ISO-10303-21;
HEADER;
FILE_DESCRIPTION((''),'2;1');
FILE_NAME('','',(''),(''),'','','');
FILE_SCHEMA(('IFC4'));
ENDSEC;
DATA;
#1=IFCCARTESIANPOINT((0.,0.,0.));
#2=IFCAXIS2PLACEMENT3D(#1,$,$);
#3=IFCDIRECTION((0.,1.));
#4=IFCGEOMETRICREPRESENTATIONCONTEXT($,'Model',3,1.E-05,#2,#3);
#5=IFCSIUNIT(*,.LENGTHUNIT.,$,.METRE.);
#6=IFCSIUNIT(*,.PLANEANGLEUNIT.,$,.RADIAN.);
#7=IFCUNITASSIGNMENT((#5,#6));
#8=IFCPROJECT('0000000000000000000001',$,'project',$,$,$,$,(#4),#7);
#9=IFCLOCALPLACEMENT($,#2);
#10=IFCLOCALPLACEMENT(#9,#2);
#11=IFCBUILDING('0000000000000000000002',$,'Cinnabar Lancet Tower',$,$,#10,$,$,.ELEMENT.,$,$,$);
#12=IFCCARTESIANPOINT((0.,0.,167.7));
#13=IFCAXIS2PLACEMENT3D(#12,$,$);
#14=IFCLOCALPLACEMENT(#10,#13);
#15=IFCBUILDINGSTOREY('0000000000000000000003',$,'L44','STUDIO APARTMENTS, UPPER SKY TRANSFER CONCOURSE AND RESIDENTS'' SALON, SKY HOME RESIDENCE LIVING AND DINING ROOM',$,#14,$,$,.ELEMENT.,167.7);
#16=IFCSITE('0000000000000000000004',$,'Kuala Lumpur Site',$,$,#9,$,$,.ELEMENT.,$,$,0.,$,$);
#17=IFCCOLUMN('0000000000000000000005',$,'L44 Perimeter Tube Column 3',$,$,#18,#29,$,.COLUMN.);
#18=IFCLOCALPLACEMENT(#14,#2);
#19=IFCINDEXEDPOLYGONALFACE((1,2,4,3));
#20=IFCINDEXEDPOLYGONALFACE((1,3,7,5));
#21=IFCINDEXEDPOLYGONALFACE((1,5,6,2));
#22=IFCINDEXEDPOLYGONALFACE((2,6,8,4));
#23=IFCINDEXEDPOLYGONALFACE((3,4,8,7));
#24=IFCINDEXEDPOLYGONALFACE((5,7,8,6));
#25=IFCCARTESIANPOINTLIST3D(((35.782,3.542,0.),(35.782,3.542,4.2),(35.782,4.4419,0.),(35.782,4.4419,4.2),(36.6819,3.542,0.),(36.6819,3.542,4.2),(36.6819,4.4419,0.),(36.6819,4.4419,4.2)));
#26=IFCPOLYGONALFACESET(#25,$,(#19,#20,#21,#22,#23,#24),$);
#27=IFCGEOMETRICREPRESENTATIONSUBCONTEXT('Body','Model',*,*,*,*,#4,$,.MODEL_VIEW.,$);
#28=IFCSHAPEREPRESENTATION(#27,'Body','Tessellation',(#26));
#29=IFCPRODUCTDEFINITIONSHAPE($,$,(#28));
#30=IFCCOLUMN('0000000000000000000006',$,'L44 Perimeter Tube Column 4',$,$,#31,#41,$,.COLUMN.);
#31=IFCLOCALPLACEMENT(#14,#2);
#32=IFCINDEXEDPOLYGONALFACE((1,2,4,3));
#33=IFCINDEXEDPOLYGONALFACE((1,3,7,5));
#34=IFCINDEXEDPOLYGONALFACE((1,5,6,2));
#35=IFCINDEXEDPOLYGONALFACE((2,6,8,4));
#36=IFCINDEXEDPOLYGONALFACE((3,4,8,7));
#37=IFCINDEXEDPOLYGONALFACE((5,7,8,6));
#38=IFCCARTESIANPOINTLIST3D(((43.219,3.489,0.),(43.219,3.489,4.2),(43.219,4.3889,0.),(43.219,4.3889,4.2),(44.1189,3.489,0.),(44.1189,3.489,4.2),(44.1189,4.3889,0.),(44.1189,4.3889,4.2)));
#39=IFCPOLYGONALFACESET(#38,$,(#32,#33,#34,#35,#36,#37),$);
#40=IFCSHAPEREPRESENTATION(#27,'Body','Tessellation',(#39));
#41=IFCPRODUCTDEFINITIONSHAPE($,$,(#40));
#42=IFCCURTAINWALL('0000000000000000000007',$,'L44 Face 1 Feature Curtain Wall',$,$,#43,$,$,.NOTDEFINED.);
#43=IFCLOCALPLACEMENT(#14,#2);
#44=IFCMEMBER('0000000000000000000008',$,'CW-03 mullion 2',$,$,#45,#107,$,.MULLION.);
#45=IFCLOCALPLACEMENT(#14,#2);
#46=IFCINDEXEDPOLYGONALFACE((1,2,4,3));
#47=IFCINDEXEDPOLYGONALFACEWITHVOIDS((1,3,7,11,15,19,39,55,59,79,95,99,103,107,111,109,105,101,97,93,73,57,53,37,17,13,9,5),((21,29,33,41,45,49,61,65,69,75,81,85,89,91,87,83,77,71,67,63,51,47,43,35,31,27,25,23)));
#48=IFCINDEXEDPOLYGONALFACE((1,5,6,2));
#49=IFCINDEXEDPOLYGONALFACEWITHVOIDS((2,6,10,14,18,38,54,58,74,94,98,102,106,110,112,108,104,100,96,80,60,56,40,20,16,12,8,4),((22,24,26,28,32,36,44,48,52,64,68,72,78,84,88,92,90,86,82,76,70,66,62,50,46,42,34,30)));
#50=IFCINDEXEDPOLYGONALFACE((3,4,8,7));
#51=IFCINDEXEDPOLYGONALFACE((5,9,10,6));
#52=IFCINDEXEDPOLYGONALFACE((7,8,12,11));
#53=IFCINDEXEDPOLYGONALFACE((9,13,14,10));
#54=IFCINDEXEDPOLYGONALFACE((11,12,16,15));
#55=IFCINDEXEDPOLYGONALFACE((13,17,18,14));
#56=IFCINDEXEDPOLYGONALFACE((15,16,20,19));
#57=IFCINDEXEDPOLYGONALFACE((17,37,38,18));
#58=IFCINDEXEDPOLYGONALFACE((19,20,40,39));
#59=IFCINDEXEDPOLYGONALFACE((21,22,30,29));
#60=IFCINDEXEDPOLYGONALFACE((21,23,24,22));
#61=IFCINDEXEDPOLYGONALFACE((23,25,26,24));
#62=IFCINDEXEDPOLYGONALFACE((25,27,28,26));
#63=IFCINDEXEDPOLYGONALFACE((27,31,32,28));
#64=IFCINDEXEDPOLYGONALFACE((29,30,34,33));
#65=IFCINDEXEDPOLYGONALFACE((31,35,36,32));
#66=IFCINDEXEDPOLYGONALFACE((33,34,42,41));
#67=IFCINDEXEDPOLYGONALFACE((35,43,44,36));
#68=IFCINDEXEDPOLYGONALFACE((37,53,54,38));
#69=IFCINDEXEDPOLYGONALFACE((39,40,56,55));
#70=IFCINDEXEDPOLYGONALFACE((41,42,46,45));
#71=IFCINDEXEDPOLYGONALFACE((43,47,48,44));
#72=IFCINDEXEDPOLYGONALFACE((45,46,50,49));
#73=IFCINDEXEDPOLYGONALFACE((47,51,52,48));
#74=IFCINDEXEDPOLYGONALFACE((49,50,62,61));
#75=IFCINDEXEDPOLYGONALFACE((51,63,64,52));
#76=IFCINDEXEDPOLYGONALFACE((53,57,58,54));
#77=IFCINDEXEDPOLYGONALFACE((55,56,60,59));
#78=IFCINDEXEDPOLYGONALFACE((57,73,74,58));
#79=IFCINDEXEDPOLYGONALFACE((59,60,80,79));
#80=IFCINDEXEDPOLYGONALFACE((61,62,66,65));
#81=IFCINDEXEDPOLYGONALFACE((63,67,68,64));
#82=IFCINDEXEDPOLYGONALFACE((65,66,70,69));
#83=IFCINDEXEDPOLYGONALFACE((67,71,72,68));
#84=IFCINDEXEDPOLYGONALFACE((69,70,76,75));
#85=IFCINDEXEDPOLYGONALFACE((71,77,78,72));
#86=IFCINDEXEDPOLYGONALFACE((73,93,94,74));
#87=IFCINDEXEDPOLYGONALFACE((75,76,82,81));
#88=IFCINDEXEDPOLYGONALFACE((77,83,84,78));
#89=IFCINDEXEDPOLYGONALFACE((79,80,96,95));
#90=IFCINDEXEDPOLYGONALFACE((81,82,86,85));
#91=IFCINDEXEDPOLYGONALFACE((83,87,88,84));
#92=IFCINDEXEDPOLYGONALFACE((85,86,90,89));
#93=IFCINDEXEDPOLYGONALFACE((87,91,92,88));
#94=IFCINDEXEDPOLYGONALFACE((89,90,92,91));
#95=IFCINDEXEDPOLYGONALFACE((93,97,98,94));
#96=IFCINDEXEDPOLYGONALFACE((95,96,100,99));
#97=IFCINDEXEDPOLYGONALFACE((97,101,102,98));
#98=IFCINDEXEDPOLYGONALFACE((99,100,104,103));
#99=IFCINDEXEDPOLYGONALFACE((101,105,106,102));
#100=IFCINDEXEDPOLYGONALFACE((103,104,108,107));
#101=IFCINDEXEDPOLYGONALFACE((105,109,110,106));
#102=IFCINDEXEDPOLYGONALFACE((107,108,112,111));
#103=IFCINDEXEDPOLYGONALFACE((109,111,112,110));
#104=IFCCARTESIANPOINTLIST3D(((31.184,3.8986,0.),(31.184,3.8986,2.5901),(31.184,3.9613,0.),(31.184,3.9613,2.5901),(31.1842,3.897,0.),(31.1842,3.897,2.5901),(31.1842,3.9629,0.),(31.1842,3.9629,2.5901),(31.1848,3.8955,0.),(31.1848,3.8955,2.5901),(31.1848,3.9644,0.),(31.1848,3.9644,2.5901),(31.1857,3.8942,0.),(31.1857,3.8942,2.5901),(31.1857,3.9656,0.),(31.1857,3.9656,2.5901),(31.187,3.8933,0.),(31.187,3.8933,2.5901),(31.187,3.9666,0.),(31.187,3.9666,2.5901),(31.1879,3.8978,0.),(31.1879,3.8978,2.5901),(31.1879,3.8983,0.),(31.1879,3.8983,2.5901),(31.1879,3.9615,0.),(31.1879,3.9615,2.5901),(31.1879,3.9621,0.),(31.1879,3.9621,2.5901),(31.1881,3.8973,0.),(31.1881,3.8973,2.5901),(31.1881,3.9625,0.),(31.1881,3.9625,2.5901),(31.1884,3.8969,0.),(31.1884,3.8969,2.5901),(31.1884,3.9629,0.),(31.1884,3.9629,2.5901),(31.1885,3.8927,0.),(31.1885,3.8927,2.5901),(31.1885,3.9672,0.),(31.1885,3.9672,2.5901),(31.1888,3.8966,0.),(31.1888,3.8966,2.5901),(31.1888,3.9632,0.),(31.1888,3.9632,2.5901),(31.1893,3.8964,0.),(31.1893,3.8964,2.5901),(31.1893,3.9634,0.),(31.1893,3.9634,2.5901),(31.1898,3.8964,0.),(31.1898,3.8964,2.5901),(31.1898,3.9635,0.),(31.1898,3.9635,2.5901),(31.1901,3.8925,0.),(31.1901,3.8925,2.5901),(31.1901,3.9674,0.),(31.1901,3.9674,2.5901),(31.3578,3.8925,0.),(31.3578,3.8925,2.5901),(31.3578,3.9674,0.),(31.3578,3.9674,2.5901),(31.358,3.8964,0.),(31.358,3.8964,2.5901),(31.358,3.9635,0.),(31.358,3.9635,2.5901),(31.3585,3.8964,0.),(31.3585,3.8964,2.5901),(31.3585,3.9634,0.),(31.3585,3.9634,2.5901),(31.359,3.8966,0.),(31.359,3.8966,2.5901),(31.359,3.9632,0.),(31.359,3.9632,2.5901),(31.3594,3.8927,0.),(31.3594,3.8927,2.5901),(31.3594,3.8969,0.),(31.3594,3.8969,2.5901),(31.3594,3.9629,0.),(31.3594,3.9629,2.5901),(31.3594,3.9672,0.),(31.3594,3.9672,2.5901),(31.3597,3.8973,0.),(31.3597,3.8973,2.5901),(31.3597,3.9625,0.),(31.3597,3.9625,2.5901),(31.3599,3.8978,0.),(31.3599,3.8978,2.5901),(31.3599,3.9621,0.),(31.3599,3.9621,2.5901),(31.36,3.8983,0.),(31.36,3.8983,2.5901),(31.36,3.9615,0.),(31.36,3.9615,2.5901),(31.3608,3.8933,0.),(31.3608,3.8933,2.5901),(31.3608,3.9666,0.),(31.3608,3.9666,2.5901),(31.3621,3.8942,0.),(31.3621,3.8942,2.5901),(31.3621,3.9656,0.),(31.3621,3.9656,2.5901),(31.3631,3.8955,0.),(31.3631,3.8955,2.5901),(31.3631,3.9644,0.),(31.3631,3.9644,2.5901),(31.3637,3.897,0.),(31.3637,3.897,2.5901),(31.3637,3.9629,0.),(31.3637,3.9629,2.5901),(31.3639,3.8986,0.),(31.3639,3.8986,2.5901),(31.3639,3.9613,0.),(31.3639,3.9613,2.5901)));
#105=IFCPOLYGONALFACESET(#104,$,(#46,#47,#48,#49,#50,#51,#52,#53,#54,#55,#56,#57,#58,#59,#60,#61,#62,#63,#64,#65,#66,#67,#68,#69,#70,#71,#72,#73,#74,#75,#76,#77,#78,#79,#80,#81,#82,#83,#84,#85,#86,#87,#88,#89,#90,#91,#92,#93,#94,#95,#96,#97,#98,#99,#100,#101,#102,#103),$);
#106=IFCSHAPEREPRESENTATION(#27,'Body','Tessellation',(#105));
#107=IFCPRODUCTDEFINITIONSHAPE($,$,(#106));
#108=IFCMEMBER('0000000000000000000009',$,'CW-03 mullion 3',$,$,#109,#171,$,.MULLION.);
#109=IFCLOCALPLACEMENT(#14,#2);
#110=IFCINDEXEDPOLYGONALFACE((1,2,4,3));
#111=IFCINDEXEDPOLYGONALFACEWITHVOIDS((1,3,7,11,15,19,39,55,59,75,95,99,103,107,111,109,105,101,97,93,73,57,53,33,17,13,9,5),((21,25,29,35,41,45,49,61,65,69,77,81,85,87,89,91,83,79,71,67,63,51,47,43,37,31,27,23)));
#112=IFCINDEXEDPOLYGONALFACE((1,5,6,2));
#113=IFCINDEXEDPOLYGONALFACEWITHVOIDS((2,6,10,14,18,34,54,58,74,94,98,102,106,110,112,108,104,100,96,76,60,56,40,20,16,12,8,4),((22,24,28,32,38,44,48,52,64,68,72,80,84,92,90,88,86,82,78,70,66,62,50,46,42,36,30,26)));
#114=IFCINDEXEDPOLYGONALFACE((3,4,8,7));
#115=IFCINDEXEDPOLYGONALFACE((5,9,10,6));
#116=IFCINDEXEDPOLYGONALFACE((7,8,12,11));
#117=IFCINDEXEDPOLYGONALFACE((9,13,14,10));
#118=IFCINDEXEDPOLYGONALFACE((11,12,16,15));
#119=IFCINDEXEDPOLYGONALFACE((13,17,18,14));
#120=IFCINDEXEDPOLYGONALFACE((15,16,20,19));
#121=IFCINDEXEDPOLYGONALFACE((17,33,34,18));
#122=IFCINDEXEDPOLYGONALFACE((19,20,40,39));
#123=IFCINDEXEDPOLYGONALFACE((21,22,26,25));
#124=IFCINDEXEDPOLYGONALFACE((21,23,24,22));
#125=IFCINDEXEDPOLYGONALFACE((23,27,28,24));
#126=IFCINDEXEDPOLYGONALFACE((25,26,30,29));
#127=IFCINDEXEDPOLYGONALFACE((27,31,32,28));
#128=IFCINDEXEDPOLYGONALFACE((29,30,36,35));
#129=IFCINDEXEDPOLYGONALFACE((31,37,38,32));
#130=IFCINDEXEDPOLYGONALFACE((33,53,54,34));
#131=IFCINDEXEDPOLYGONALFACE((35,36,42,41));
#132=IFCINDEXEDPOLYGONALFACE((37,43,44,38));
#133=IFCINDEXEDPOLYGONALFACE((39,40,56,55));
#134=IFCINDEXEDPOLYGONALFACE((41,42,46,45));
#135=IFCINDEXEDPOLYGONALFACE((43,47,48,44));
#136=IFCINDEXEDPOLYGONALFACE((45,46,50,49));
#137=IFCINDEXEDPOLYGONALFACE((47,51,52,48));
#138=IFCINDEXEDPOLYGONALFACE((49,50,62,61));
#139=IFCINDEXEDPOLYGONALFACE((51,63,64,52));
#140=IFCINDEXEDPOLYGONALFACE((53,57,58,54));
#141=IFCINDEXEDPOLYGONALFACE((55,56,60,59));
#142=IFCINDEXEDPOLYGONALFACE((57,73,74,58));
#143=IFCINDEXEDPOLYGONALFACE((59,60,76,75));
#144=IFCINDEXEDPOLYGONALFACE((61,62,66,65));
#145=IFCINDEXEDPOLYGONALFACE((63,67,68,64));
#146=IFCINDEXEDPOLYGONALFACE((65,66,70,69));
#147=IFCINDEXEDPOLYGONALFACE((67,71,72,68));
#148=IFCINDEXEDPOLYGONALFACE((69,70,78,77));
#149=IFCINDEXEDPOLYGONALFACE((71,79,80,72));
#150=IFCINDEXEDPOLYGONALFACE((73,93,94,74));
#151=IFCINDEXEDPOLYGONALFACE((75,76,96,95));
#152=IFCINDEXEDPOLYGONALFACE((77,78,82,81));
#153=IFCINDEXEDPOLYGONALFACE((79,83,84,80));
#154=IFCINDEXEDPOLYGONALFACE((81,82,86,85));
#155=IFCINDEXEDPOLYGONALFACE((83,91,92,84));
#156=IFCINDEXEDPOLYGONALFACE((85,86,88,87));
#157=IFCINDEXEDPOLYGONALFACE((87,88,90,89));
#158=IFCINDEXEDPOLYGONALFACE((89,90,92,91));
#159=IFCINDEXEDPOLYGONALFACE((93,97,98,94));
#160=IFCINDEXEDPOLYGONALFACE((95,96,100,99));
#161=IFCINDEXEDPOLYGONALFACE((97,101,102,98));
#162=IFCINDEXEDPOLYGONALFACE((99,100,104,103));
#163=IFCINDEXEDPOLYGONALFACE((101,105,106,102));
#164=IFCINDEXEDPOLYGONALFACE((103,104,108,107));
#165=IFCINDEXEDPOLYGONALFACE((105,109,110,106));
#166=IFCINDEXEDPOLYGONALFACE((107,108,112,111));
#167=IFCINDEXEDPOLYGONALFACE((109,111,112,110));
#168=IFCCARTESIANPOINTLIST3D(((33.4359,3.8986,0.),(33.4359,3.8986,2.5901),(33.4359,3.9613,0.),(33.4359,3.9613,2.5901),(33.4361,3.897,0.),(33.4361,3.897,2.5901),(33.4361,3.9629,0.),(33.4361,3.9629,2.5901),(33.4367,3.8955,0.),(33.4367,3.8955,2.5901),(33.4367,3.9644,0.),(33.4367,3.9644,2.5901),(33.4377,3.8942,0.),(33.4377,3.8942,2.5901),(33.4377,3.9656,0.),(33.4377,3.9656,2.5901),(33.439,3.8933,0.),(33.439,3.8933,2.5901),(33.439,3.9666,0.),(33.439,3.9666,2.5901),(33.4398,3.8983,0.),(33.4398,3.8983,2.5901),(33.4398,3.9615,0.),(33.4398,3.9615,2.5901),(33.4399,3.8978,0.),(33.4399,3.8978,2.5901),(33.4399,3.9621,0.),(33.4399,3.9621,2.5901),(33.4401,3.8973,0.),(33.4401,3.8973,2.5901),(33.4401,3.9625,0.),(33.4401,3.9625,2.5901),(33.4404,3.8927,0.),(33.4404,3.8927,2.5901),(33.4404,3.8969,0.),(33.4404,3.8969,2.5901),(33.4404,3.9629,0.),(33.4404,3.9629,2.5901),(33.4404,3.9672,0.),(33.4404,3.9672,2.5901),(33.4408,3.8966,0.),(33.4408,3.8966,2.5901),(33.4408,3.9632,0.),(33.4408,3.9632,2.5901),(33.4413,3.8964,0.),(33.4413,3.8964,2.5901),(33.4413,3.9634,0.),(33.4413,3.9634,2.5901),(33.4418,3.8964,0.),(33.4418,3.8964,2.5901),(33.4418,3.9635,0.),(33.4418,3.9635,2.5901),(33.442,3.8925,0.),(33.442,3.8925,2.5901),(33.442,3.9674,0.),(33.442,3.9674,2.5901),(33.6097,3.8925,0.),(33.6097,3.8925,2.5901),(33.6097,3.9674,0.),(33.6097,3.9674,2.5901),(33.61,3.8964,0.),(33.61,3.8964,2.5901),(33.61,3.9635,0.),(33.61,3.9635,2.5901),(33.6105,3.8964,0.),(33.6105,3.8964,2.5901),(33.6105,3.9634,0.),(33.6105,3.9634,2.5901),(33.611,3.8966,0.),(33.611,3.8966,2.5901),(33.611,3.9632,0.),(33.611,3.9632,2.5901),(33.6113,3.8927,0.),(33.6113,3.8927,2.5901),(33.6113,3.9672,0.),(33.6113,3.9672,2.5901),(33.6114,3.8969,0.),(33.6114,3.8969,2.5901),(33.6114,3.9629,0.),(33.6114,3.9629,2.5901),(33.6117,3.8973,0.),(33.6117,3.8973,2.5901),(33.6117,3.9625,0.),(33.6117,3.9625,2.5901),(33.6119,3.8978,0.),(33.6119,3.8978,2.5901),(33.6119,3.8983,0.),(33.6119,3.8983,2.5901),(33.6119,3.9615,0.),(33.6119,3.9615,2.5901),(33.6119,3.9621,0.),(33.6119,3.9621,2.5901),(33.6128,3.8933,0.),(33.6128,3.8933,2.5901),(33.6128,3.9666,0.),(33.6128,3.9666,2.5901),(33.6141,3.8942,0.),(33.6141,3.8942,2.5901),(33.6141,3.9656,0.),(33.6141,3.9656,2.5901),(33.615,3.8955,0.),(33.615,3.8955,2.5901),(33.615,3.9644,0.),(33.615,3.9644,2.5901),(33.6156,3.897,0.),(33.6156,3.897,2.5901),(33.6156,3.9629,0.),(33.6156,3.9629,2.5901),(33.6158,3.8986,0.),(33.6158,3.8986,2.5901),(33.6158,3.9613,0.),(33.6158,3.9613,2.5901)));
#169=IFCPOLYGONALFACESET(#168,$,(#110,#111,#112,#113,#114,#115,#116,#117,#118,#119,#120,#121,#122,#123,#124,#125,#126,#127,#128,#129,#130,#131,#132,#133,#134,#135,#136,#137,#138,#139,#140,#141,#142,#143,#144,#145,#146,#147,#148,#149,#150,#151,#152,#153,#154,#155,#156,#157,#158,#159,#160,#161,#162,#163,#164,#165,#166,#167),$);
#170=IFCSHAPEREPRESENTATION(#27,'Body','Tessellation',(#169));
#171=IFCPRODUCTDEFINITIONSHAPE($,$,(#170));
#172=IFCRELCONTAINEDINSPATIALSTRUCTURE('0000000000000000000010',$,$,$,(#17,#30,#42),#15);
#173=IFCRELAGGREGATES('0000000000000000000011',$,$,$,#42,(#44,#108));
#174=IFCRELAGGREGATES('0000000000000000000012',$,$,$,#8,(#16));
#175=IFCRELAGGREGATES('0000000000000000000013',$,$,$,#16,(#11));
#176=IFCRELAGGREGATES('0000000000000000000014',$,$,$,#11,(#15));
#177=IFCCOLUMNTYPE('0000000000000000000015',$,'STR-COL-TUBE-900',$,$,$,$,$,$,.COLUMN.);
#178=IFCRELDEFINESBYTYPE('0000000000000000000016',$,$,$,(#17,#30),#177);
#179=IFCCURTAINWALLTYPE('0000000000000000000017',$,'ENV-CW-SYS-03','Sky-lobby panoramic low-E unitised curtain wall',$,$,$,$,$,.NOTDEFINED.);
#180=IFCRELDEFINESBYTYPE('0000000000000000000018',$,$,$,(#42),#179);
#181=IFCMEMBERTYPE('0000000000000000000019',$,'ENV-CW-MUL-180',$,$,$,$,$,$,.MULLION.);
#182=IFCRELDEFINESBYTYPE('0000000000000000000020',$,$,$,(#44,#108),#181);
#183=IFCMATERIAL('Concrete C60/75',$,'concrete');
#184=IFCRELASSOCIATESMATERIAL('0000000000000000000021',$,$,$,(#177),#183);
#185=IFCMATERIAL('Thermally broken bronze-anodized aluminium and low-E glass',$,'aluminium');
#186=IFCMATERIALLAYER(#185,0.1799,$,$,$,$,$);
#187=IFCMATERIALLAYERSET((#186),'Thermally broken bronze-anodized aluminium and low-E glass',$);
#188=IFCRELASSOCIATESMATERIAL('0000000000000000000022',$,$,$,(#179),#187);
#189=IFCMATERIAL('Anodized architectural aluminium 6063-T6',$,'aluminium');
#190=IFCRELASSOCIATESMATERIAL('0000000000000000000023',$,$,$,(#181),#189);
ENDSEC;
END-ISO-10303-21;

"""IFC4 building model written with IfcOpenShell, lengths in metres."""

from ifc_helpers import new_model, si_unit, direction, frame, origin, origin_2d, place, context, subcontext, project, spatial, rectangle, hollow_rectangle, extrude, material, layer, layer_set, material_profile, profile_set, type_object, element, aggregate, save


model = new_model("IFC4")

# Units and contexts
model_context = context("Model", 3, precision=1e-05, world=origin(), true_north=direction((0.0, 1.0)))
body_context = subcontext(model_context, "Body", "Model", "MODEL_VIEW")
ifc_project = project(units=[si_unit("LENGTHUNIT", "METRE"), si_unit("PLANEANGLEUNIT", "RADIAN")], contexts=[model_context])

# Site, building, storey
site_placement = place(None, origin())
site = spatial("IfcSite", under=ifc_project, at=site_placement, Name="Kuala Lumpur Site", CompositionType="ELEMENT", RefElevation=0.0)
building_placement = place(site_placement, origin())
building = spatial("IfcBuilding", under=site, at=building_placement, Name="Cinnabar Lancet Tower", CompositionType="ELEMENT")
storey_placement = place(building_placement, frame((0.0, 0.0, 167.7)))
storey = spatial("IfcBuildingStorey", under=building, at=storey_placement, Name="L44", Description="STUDIO APARTMENTS, UPPER SKY TRANSFER CONCOURSE AND RESIDENTS' SALON, SKY HOME RESIDENCE LIVING AND DINING ROOM", CompositionType="ELEMENT", Elevation=167.7)

# Columns
ifc_material_1 = material(Name="Concrete C60/75", Category="concrete")
ifc_material_profile_1 = material_profile(ifc_material_1, rectangle(XDim=0.8999, YDim=0.8999, at=origin_2d()), Name="RC-COL 900x900")
ifc_profile_set_1 = profile_set([ifc_material_profile_1], Name="Concrete C60/75")
column_type = type_object("IfcColumnType", Name="STR-COL-TUBE-900", PredefinedType="COLUMN", material=ifc_profile_set_1)
for number, where, z_axis, x_axis, name in (
    (1, (36.2319, 3.9919, 0.0), (0.0, 0.0, 1.0), (1.0, 0.0, 0.0), "L44 Perimeter Tube Column 3"),
    (2, (43.6689, 3.939, 0.0), (0.0, 0.0, 1.0), (1.0, 0.0, 0.0), "L44 Perimeter Tube Column 4"),
):
    element("IfcColumn", number, at=place(storey_placement, frame(where, z_axis=z_axis, x_axis=x_axis)), inside=storey, type_object=column_type, Name=name, PredefinedType="COLUMN", context=body_context, shape_type="SweptSolid", body=[
        extrude(rectangle(XDim=0.8999, YDim=0.8999, at=origin_2d()), origin(), (0.0, 0.0, 1.0), 4.2),
    ])

# Curtain wall, members
ifc_material_2 = material(Name="Thermally broken bronze-anodized aluminium and low-E glass", Category="aluminium")
ifc_layer_1 = layer(ifc_material_2, 0.1799)
ifc_layer_set_1 = layer_set([ifc_layer_1], Name="Thermally broken bronze-anodized aluminium and low-E glass")
curtain_wall_type = type_object("IfcCurtainWallType", Name="ENV-CW-SYS-03", Description="Sky-lobby panoramic low-E unitised curtain wall", PredefinedType="NOTDEFINED", material=ifc_layer_set_1)
curtain_wall_placement = place(storey_placement, origin())
curtain_wall = element("IfcCurtainWall", 3, at=curtain_wall_placement, inside=storey, type_object=curtain_wall_type, Name="L44 Face 1 Feature Curtain Wall", PredefinedType="NOTDEFINED")
ifc_material_3 = material(Name="Anodized architectural aluminium 6063-T6", Category="aluminium")
ifc_material_profile_2 = material_profile(ifc_material_3, hollow_rectangle(XDim=0.075, YDim=0.1799, WallThickness=0.0039, InnerFilletRadius=0.002, OuterFilletRadius=0.0061, at=origin_2d()), Name="CW-MUL 180x75x4")
ifc_profile_set_2 = profile_set([ifc_material_profile_2], Name="Anodized architectural aluminium 6063-T6")
member_type_1 = type_object("IfcMemberType", Name="ENV-CW-MUL-180", PredefinedType="MULLION", material=ifc_profile_set_2)
member_1_placement = place(storey_placement, frame((31.2739, 3.9299, 0.0), z_axis=(0.0, 0.0, 1.0), x_axis=(0.0, 1.0, 0.0)))
member_1 = element("IfcMember", 4, at=member_1_placement, type_object=member_type_1, Name="CW-03 mullion 2", PredefinedType="MULLION", context=body_context, shape_type="SweptSolid", body=[
    extrude(hollow_rectangle(XDim=0.075, YDim=0.1799, WallThickness=0.0039, InnerFilletRadius=0.002, OuterFilletRadius=0.0061, at=origin_2d()), origin(), (0.0, 0.0, 1.0), 2.5901),
])
member_2_placement = place(storey_placement, frame((33.5259, 3.9299, 0.0), z_axis=(0.0, 0.0, 1.0), x_axis=(0.0, 1.0, 0.0)))
member_2 = element("IfcMember", 5, at=member_2_placement, type_object=member_type_1, Name="CW-03 mullion 3", PredefinedType="MULLION", context=body_context, shape_type="SweptSolid", body=[
    extrude(hollow_rectangle(XDim=0.075, YDim=0.1799, WallThickness=0.0039, InnerFilletRadius=0.002, OuterFilletRadius=0.0061, at=origin_2d()), origin(), (0.0, 0.0, 1.0), 2.5901),
])

aggregate(curtain_wall, [member_1, member_2])

save(model, "model.ifc")
